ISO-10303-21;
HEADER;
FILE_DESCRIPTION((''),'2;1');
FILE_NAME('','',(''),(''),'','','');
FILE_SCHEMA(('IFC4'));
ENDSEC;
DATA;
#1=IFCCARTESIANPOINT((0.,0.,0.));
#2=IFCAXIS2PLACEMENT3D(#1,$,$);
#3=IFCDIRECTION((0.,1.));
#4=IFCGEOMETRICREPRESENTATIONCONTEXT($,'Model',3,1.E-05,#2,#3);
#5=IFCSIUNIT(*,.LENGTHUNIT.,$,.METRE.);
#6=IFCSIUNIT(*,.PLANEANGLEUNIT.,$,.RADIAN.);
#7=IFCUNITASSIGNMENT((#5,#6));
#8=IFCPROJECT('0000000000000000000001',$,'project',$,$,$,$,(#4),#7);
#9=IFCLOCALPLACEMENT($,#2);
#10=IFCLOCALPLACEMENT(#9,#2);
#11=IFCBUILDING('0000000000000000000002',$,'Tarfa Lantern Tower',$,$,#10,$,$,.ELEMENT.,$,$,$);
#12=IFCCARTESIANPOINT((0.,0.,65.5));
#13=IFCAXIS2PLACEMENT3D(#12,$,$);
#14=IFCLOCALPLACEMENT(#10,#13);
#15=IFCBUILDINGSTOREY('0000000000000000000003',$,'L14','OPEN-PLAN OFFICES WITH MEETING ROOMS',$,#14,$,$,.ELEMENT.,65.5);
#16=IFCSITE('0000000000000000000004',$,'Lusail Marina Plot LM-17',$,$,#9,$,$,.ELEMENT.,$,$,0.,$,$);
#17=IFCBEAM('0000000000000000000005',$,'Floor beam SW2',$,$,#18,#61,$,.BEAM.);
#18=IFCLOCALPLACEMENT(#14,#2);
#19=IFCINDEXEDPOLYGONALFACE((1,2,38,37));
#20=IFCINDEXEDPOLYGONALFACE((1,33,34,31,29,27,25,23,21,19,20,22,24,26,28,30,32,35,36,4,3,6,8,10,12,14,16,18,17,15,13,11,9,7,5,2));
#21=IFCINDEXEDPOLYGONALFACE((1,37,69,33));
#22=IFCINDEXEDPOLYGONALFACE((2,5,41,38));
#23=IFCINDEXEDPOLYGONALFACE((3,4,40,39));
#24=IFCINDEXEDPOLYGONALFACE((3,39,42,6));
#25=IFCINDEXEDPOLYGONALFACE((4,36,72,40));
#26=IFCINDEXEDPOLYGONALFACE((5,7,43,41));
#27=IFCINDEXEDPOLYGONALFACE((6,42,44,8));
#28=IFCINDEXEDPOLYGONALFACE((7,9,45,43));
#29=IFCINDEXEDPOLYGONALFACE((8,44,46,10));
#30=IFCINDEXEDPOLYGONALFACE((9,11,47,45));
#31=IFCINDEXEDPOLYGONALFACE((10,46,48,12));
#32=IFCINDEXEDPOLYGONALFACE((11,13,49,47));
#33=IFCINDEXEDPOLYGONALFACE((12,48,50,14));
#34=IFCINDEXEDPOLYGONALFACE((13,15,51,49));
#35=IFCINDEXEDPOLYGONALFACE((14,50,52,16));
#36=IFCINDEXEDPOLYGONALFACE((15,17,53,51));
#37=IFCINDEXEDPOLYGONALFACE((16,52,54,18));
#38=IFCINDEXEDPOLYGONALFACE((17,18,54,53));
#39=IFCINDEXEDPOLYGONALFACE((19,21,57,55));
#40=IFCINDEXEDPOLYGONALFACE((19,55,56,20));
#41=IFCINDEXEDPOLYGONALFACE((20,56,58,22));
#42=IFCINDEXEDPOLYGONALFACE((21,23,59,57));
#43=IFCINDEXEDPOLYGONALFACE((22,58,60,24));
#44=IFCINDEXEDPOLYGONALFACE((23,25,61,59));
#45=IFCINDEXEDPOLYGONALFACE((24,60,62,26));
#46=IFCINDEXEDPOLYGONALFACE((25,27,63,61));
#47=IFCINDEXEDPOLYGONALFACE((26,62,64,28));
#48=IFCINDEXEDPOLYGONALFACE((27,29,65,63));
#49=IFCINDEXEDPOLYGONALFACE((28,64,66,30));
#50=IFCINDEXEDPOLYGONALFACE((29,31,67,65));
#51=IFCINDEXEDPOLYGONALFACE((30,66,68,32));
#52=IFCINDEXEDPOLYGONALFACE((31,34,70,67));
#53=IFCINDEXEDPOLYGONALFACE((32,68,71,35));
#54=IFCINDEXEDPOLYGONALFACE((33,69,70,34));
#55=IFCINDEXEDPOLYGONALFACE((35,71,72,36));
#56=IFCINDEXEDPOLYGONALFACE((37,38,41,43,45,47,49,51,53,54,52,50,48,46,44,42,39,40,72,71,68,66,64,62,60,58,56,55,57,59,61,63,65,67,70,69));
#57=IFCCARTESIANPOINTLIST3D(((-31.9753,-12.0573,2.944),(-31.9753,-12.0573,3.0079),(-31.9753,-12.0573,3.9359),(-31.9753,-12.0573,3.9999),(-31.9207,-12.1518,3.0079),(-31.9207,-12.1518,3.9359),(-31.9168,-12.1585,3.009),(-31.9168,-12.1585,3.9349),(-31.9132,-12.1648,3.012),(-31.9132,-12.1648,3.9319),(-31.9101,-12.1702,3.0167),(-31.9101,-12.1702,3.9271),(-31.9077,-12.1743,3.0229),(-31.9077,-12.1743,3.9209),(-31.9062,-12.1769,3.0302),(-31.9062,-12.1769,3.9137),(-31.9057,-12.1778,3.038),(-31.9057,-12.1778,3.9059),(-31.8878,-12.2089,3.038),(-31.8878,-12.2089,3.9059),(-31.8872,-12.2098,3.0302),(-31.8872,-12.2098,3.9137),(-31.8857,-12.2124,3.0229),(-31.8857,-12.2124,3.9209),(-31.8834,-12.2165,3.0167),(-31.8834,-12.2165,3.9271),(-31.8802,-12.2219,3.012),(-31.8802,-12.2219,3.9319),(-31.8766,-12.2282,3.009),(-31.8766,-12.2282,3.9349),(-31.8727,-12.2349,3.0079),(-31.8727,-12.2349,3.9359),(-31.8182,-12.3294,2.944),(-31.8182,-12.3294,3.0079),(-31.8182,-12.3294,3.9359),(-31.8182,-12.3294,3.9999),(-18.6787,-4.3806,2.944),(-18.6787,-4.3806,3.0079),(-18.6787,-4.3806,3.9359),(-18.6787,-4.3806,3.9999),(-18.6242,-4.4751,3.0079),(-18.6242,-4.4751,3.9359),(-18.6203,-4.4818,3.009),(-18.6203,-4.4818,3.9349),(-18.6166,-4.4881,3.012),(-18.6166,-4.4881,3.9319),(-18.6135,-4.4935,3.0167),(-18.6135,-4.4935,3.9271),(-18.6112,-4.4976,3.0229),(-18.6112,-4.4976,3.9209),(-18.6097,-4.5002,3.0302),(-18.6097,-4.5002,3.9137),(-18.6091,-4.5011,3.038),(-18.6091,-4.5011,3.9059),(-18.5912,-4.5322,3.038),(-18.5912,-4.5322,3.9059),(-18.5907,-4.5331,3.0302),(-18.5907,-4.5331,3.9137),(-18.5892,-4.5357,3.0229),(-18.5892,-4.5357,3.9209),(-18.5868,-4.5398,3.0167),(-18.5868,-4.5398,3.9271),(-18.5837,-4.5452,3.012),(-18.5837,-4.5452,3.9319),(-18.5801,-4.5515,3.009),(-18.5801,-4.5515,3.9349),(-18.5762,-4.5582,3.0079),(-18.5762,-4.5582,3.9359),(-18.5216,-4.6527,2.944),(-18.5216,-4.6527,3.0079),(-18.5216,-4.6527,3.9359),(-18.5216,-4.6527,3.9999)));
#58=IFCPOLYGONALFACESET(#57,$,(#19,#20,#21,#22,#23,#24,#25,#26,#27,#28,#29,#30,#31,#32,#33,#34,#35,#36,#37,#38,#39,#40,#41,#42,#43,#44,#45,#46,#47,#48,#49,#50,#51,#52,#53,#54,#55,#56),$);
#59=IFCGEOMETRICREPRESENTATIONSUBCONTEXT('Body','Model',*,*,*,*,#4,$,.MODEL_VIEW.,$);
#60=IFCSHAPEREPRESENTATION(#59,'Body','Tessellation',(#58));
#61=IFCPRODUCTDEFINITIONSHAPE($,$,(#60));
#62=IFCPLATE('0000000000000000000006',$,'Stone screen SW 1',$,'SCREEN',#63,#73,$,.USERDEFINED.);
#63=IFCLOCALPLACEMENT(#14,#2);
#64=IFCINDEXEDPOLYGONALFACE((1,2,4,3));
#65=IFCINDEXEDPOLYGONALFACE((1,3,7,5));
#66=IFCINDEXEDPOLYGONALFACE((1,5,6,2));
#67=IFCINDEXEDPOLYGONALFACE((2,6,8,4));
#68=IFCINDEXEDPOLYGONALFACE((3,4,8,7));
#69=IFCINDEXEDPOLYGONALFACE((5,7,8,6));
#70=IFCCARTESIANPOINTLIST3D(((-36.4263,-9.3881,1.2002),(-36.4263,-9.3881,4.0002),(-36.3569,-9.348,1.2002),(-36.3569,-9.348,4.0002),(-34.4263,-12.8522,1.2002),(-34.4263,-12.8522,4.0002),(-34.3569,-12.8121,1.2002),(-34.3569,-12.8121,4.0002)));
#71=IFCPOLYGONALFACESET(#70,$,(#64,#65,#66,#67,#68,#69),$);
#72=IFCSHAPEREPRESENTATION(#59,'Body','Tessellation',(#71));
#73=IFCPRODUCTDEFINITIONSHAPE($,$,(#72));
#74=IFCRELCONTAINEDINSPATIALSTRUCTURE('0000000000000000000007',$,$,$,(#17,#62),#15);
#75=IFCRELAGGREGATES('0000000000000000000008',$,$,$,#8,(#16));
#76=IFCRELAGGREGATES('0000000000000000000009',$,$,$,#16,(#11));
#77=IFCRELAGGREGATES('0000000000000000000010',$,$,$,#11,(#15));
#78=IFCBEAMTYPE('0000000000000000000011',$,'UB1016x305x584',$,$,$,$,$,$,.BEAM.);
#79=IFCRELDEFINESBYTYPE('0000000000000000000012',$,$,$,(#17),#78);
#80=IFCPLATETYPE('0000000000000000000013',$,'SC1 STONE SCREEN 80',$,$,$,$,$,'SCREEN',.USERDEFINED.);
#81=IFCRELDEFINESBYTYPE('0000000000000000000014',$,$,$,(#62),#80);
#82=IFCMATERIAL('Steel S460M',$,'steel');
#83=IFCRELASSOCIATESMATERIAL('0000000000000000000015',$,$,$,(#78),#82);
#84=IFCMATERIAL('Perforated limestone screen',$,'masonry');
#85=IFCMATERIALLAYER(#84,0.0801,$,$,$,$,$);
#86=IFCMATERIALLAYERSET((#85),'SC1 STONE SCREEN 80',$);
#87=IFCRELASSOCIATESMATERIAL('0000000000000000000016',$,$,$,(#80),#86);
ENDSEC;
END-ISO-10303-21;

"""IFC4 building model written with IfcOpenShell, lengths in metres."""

from ifc_helpers import new_model, si_unit, direction, frame, origin, origin_2d, place, context, subcontext, project, spatial, rectangle, i_section, extrude, material, layer, layer_set, material_profile, profile_set, type_object, element, save


model = new_model("IFC4")

# Units and contexts
model_context = context("Model", 3, precision=1e-05, world=origin(), true_north=direction((0.0, 1.0)))
body_context = subcontext(model_context, "Body", "Model", "MODEL_VIEW")
ifc_project = project(units=[si_unit("LENGTHUNIT", "METRE"), si_unit("PLANEANGLEUNIT", "RADIAN")], contexts=[model_context])

# Site, building, storey
site_placement = place(None, origin())
site = spatial("IfcSite", under=ifc_project, at=site_placement, Name="Lusail Marina Plot LM-17", CompositionType="ELEMENT", RefElevation=0.0)
building_placement = place(site_placement, origin())
building = spatial("IfcBuilding", under=site, at=building_placement, Name="Tarfa Lantern Tower", CompositionType="ELEMENT")
storey_placement = place(building_placement, frame((0.0, 0.0, 65.5)))
storey = spatial("IfcBuildingStorey", under=building, at=storey_placement, Name="L14", Description="OPEN-PLAN OFFICES WITH MEETING ROOMS", CompositionType="ELEMENT", Elevation=65.5)

# Beam
ifc_material_1 = material(Name="Steel S460M", Category="steel")
ifc_material_profile_1 = material_profile(ifc_material_1, i_section(OverallWidth=0.3142, OverallDepth=1.0559, WebThickness=0.0359, FlangeThickness=0.064, FilletRadius=0.03, at=origin_2d()), Name="UB1016x305x584")
ifc_profile_set_1 = profile_set([ifc_material_profile_1], Name="Steel S460M")
beam_type_1 = type_object("IfcBeamType", Name="UB1016x305x584", PredefinedType="BEAM", material=ifc_profile_set_1)
beam_1_placement = place(storey_placement, frame((-31.8967, -12.1934, 3.4719), z_axis=(0.866027, 0.499997, 0.0), x_axis=(-0.499997, 0.866027, 0.0)))
element("IfcBeam", 1, at=beam_1_placement, inside=storey, type_object=beam_type_1, Name="Floor beam SW2", PredefinedType="BEAM", context=body_context, shape_type="SweptSolid", body=[
    extrude(i_section(OverallWidth=0.3142, OverallDepth=1.0559, WebThickness=0.0359, FlangeThickness=0.064, FilletRadius=0.03, at=origin_2d()), origin(), (0.0, 0.0, 1.0), 15.3535),
])

# Plate
ifc_material_2 = material(Name="Perforated limestone screen", Category="masonry")
ifc_layer_1 = layer(ifc_material_2, 0.0801)
ifc_layer_set_1 = layer_set([ifc_layer_1], Name="SC1 STONE SCREEN 80")
plate_type = type_object("IfcPlateType", Name="SC1 STONE SCREEN 80", ElementType="SCREEN", PredefinedType="USERDEFINED", material=ifc_layer_set_1)
plate_placement = place(storey_placement, frame((-35.3916, -11.1001, 1.2002), z_axis=(0.0, 0.0, 1.0), x_axis=(0.5, -0.866025, 0.0)))
element("IfcPlate", 2, at=plate_placement, inside=storey, type_object=plate_type, Name="Stone screen SW 1", ObjectType="SCREEN", PredefinedType="USERDEFINED", context=body_context, shape_type="SweptSolid", body=[
    extrude(rectangle(XDim=4.0, YDim=0.0801, at=origin_2d()), origin(), (0.0, 0.0, 1.0), 2.8),
])

save(model, "model.ifc")
